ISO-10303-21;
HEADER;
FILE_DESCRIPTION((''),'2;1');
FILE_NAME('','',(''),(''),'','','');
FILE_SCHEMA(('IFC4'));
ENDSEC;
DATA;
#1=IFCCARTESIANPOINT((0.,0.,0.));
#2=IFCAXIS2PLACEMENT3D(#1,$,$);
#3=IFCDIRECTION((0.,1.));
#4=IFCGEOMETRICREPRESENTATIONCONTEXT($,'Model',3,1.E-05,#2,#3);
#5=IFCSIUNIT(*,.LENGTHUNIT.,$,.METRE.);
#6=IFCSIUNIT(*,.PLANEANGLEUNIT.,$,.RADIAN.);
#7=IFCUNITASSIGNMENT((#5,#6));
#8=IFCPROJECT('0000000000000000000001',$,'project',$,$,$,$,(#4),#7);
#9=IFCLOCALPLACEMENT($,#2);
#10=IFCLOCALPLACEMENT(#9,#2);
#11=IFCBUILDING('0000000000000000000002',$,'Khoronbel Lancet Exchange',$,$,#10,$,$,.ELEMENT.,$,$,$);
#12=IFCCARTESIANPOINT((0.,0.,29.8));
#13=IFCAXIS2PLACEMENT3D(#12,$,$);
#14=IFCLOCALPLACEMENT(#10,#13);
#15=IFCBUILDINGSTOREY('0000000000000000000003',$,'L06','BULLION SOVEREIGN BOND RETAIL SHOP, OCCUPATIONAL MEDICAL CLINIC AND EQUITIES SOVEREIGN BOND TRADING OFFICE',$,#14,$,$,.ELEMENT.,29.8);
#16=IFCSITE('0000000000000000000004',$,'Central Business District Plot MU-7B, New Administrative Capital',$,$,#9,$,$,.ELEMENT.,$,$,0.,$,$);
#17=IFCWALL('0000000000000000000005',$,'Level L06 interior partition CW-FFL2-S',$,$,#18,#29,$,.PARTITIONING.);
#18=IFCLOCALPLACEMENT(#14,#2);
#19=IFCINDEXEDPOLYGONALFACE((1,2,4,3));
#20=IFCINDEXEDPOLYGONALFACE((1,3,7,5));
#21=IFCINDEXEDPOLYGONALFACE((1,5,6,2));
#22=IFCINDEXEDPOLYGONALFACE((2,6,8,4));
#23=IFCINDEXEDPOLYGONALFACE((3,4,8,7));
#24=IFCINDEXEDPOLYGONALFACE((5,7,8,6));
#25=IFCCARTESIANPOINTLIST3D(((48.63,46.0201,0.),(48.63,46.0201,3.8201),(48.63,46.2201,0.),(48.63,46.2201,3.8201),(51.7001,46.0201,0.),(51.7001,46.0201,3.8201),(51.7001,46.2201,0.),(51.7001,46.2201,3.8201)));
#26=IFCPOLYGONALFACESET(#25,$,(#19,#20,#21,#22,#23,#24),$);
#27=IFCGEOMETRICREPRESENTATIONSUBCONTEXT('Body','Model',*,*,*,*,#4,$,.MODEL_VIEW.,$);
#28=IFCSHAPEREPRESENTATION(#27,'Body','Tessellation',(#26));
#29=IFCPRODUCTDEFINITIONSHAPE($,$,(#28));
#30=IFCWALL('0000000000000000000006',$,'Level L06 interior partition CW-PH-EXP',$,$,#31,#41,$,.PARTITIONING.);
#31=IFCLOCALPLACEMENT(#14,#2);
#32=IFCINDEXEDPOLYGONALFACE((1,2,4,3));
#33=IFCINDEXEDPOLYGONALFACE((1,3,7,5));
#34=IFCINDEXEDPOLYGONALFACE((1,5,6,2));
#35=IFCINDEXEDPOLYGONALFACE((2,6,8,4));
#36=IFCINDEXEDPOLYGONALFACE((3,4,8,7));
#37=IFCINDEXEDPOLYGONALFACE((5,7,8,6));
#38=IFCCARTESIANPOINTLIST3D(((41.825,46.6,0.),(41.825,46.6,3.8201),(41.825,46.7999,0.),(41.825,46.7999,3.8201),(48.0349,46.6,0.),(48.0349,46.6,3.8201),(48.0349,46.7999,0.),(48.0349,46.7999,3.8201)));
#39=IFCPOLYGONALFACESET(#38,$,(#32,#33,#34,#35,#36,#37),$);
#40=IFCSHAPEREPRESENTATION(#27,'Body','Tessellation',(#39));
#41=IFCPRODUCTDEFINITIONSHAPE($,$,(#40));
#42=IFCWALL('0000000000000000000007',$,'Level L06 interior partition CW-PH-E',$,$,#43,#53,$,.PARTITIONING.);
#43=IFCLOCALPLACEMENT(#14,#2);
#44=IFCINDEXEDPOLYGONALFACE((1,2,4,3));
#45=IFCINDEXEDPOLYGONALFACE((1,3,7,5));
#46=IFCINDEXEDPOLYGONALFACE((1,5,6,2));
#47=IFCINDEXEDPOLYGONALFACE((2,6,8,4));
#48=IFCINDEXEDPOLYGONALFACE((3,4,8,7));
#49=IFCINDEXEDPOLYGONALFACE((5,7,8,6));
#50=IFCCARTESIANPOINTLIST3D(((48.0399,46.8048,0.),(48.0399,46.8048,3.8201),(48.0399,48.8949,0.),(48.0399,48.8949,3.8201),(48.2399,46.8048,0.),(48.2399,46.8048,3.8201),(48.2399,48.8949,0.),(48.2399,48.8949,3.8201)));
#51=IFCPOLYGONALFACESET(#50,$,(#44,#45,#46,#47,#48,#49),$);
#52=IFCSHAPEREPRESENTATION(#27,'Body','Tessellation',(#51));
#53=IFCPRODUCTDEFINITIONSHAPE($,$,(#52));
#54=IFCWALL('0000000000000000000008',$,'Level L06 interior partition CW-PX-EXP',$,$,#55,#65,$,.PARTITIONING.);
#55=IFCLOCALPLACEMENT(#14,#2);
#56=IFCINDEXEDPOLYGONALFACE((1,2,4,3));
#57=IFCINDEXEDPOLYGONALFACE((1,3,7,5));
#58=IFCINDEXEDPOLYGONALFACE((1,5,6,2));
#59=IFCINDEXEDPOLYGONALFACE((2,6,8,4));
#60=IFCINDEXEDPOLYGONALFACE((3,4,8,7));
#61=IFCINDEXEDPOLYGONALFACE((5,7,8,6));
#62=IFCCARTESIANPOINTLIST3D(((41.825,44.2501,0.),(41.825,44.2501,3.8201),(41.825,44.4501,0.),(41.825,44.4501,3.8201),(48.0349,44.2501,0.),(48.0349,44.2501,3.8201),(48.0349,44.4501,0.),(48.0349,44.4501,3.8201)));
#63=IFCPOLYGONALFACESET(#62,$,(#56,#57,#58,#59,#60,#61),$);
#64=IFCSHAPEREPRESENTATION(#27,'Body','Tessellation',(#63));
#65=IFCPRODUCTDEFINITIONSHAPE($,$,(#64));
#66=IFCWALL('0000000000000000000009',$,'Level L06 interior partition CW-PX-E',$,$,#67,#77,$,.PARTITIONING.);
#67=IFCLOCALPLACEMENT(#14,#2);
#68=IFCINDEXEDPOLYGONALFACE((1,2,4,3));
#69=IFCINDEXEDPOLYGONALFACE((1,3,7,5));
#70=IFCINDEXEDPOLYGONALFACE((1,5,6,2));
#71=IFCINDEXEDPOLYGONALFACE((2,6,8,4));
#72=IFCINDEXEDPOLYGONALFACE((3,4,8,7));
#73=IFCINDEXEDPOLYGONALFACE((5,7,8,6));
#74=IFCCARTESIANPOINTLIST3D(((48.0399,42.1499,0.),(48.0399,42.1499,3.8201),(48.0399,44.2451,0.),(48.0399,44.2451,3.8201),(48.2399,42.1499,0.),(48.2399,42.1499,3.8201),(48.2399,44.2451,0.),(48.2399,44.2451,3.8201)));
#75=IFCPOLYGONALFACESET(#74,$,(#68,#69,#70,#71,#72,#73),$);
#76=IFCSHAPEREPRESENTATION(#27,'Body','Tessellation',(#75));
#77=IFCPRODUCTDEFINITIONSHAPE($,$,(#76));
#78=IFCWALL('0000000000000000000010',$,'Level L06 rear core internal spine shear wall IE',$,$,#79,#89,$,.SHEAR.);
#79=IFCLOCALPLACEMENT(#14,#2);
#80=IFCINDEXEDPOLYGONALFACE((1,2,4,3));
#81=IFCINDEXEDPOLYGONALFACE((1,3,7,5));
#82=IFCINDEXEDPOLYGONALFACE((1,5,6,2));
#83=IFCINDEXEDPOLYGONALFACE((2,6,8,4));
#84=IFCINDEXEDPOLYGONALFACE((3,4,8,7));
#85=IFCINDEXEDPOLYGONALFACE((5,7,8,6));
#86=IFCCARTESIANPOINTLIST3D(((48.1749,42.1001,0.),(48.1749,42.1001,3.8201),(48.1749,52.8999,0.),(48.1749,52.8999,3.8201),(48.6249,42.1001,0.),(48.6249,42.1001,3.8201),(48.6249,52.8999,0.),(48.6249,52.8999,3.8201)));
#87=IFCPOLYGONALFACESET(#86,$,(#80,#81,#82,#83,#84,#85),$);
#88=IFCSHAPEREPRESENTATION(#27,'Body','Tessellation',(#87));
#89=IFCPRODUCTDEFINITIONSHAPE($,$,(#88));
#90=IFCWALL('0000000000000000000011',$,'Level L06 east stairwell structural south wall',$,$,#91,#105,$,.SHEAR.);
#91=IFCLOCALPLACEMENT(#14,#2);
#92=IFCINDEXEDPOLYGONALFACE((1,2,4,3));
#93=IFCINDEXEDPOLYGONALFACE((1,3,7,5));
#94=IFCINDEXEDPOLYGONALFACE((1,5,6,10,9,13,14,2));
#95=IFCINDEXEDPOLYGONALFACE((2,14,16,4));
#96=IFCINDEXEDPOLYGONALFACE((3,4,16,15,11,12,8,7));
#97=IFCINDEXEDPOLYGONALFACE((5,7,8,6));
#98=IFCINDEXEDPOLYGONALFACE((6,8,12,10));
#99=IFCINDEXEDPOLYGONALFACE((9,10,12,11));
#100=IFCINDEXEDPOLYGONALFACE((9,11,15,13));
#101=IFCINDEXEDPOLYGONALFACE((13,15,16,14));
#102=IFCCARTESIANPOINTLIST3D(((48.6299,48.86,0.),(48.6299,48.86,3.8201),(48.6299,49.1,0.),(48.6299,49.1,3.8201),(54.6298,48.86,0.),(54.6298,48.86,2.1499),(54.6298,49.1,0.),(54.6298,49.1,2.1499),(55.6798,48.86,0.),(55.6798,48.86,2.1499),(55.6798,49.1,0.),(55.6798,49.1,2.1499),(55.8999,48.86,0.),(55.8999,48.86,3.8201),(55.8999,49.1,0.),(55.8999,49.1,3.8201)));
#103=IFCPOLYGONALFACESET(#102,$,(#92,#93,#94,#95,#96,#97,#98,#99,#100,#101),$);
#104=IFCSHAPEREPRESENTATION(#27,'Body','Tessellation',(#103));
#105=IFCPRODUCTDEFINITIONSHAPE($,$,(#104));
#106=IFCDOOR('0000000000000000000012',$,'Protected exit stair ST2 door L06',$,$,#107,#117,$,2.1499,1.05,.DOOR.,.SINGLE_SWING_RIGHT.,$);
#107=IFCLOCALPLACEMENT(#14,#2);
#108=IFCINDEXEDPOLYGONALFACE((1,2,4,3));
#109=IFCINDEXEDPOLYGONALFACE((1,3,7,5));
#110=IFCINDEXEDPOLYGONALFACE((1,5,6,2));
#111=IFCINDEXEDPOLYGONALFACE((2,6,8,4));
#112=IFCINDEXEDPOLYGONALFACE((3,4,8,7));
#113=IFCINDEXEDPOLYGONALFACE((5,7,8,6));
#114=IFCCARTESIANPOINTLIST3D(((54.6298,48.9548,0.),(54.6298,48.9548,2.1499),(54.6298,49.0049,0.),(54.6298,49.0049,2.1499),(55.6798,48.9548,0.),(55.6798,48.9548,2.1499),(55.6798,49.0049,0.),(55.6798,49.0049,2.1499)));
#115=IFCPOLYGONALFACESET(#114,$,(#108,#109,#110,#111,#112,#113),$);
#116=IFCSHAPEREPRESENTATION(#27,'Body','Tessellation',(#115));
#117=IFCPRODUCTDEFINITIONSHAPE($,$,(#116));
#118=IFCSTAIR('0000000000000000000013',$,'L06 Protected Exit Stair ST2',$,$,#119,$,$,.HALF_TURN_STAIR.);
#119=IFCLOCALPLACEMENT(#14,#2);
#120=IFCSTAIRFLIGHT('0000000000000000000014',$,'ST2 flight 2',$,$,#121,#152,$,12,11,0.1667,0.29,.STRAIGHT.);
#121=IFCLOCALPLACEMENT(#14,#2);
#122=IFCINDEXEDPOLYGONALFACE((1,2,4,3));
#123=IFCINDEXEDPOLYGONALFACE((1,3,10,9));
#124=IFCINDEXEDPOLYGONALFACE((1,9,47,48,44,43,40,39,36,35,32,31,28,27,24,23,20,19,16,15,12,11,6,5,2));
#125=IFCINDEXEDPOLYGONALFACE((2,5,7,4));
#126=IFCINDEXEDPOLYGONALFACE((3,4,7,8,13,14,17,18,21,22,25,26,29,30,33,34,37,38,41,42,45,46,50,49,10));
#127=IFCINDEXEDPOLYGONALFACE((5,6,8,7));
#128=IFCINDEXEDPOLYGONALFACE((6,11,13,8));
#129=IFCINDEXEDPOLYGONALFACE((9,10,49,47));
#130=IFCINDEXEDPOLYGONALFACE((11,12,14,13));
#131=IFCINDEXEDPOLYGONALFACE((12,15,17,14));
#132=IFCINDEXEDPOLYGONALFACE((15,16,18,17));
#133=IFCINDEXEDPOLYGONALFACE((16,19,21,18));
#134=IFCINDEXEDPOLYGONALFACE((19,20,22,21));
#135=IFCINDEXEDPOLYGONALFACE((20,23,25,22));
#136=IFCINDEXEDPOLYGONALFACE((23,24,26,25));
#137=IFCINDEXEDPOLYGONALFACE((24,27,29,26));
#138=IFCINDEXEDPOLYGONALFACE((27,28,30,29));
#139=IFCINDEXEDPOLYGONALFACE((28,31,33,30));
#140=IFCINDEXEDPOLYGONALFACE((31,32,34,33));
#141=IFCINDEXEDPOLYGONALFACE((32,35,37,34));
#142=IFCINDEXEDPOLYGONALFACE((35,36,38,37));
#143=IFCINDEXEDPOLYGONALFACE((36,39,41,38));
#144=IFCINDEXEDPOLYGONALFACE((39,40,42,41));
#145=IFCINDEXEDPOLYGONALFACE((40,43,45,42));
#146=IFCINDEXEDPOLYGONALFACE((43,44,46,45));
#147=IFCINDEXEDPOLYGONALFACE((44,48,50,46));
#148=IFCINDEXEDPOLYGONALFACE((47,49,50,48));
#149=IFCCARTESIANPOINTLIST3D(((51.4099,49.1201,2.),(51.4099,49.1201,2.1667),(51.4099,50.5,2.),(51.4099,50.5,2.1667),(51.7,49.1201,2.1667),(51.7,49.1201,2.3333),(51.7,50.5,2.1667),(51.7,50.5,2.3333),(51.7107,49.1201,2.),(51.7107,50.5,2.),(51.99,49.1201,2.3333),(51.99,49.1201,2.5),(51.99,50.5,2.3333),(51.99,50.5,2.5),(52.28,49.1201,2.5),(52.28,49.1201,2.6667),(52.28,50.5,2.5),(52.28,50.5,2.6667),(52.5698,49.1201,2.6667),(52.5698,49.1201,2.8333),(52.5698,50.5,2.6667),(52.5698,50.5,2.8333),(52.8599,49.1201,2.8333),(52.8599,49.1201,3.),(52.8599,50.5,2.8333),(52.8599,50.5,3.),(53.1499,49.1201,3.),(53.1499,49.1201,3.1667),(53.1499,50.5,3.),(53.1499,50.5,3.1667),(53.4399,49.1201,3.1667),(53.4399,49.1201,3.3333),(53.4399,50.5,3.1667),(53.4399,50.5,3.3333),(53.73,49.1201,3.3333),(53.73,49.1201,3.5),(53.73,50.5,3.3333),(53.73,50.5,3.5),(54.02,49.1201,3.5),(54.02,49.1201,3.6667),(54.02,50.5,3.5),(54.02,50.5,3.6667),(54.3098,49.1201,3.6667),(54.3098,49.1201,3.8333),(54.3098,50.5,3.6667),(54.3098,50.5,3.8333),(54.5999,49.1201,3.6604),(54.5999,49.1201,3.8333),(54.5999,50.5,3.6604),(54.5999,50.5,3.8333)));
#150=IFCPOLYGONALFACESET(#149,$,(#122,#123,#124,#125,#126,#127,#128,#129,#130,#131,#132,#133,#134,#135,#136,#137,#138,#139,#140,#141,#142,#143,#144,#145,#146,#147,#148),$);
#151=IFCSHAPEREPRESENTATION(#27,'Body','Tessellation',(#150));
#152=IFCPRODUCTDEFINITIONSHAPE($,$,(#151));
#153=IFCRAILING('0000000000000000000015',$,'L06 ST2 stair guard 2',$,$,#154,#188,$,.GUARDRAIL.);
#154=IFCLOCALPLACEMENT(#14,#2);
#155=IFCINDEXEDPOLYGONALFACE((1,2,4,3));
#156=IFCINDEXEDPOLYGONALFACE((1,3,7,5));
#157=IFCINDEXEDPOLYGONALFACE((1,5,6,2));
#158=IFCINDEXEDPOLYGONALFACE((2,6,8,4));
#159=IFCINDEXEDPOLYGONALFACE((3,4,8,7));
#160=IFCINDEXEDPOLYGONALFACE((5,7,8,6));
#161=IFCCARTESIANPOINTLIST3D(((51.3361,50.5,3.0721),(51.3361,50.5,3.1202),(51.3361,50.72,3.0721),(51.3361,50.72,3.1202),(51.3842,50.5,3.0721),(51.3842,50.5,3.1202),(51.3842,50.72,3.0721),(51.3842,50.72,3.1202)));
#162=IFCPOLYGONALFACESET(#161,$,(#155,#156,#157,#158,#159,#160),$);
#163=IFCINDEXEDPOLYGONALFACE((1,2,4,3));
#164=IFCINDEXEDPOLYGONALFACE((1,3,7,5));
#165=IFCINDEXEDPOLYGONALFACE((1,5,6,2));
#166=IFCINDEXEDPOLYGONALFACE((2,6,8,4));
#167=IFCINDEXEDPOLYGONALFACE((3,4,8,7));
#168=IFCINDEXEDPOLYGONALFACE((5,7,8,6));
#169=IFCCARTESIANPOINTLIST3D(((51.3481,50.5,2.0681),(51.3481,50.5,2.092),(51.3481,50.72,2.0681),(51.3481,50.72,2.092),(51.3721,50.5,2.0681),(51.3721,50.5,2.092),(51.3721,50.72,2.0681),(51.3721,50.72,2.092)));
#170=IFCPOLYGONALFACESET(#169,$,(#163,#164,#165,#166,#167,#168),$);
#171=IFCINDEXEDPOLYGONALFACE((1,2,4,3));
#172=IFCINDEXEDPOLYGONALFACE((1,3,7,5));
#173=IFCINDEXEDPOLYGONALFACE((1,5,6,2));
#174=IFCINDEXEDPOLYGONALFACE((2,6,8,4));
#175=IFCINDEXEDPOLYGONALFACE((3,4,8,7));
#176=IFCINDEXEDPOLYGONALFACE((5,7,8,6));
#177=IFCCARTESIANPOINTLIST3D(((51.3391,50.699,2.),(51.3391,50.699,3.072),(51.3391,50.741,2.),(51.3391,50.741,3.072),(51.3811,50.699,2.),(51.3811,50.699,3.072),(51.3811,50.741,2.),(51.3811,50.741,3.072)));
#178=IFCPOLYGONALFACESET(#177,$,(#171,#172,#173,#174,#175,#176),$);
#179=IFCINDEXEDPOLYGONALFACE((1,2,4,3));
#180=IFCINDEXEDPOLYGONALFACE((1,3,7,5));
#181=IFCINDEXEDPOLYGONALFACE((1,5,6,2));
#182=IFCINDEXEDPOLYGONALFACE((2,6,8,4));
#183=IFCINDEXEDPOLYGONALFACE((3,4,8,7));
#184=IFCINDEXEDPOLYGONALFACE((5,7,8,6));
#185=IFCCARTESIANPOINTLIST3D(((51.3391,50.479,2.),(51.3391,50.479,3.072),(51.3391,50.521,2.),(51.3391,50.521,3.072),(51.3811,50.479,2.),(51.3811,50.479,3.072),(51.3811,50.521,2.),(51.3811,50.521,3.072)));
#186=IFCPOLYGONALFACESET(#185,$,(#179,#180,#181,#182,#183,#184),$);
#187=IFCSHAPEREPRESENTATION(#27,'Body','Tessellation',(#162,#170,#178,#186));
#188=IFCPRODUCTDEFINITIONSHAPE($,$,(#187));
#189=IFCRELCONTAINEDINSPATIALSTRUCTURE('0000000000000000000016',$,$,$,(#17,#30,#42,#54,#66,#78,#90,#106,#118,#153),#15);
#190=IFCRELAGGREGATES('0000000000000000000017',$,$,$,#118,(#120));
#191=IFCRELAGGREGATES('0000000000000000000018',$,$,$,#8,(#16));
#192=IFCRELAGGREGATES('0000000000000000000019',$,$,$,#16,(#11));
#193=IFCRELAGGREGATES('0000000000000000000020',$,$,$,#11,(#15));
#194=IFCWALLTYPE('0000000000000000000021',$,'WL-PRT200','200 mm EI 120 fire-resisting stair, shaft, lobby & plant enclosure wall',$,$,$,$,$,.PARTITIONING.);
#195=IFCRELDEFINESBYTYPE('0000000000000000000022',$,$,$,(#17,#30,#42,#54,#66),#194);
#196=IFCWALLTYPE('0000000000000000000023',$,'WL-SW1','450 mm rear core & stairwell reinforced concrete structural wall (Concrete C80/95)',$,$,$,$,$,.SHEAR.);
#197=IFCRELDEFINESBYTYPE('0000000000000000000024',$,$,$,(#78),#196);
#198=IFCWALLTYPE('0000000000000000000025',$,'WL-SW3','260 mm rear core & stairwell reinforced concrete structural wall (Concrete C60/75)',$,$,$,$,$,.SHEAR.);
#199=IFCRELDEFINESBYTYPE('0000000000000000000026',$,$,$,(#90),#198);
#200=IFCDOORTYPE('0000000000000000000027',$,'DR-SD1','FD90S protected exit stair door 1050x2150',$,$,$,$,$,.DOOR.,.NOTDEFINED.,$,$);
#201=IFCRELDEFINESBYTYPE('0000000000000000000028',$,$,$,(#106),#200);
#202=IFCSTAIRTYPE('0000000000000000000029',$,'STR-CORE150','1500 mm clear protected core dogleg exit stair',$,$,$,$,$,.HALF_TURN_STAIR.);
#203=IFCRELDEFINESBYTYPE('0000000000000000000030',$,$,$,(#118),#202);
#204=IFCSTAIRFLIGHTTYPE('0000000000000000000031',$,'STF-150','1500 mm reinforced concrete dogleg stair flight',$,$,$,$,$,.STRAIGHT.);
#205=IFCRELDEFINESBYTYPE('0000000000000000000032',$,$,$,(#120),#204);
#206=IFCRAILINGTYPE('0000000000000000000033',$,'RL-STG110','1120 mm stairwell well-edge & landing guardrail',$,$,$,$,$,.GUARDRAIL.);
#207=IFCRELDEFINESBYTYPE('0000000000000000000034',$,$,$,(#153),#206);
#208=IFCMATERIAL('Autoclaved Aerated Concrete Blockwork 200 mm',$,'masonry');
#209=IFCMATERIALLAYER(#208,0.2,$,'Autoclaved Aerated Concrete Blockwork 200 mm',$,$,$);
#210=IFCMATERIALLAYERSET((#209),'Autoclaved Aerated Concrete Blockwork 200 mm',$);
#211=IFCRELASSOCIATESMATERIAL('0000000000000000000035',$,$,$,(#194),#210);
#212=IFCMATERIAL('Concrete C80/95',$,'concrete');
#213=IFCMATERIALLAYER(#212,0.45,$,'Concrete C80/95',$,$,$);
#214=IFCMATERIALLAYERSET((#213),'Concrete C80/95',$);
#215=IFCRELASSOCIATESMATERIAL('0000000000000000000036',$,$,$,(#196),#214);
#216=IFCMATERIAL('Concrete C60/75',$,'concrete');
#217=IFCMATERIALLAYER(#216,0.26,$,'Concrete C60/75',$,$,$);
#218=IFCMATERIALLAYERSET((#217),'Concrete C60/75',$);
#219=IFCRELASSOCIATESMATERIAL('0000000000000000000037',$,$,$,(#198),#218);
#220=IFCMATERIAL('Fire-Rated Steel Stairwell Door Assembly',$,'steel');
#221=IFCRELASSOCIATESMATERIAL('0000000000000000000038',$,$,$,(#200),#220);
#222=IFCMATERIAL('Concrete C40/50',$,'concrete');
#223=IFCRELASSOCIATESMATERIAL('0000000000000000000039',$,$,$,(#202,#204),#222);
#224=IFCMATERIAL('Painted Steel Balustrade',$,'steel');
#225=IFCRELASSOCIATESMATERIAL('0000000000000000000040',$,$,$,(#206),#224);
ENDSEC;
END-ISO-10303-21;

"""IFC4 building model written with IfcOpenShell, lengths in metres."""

from ifc_helpers import new_model, si_unit, direction, frame, frame_2d, origin, origin_2d, place, context, subcontext, project, spatial, polyline, rectangle, outline, extrude, material, layer, layer_set, type_object, element, fill, aggregate, save


model = new_model("IFC4")

# Units and contexts
model_context = context("Model", 3, precision=1e-05, world=origin(), true_north=direction((0.0, 1.0)))
body_context = subcontext(model_context, "Body", "Model", "MODEL_VIEW")
ifc_project = project(units=[si_unit("LENGTHUNIT", "METRE"), si_unit("PLANEANGLEUNIT", "RADIAN")], contexts=[model_context])

# Site, building, storey
site_placement = place(None, origin())
site = spatial("IfcSite", under=ifc_project, at=site_placement, Name="Central Business District Plot MU-7B, New Administrative Capital", CompositionType="ELEMENT", RefElevation=0.0)
building_placement = place(site_placement, origin())
building = spatial("IfcBuilding", under=site, at=building_placement, Name="Khoronbel Lancet Exchange", CompositionType="ELEMENT")
storey_placement = place(building_placement, frame((0.0, 0.0, 29.8)))
storey = spatial("IfcBuildingStorey", under=building, at=storey_placement, Name="L06", Description="BULLION SOVEREIGN BOND RETAIL SHOP, OCCUPATIONAL MEDICAL CLINIC AND EQUITIES SOVEREIGN BOND TRADING OFFICE", CompositionType="ELEMENT", Elevation=29.8)

# Walls
ifc_material_1 = material(Name="Autoclaved Aerated Concrete Blockwork 200 mm", Category="masonry")
ifc_layer_1 = layer(ifc_material_1, 0.2, Name="Autoclaved Aerated Concrete Blockwork 200 mm")
ifc_layer_set_1 = layer_set([ifc_layer_1], Name="Autoclaved Aerated Concrete Blockwork 200 mm")
wall_type_1 = type_object("IfcWallType", Name="WL-PRT200", Description="200 mm EI 120 fire-resisting stair, shaft, lobby & plant enclosure wall", PredefinedType="PARTITIONING", material=ifc_layer_set_1)
wall_1_placement = place(storey_placement, frame((48.6299, 46.1201, 0.0), z_axis=(0.0, 0.0, 1.0), x_axis=(1.0, 0.0, 0.0)))
element("IfcWall", 1, at=wall_1_placement, inside=storey, type_object=wall_type_1, Name="Level L06 interior partition CW-FFL2-S", PredefinedType="PARTITIONING", context=body_context, shape_type="SweptSolid", body=[
    extrude(rectangle(XDim=3.0701, YDim=0.2, at=frame_2d((1.5352, 0.0))), origin(), (0.0, 0.0, 1.0), 3.8201),
])
wall_2_placement = place(storey_placement, frame((41.825, 46.7, 0.0), z_axis=(0.0, 0.0, 1.0), x_axis=(1.0, 0.0, 0.0)))
element("IfcWall", 2, at=wall_2_placement, inside=storey, type_object=wall_type_1, Name="Level L06 interior partition CW-PH-EXP", PredefinedType="PARTITIONING", context=body_context, shape_type="SweptSolid", body=[
    extrude(rectangle(XDim=6.21, YDim=0.2, at=frame_2d((3.105, 0.0))), origin(), (0.0, 0.0, 1.0), 3.8201),
])
wall_3_placement = place(storey_placement, frame((48.1399, 46.8049, 0.0), z_axis=(0.0, 0.0, 1.0), x_axis=(0.0, 1.0, 0.0)))
element("IfcWall", 3, at=wall_3_placement, inside=storey, type_object=wall_type_1, Name="Level L06 interior partition CW-PH-E", PredefinedType="PARTITIONING", context=body_context, shape_type="SweptSolid", body=[
    extrude(rectangle(XDim=2.0901, YDim=0.2, at=frame_2d((1.0449, 0.0))), origin(), (0.0, 0.0, 1.0), 3.8201),
])
wall_4_placement = place(storey_placement, frame((41.825, 44.3501, 0.0), z_axis=(0.0, 0.0, 1.0), x_axis=(1.0, 0.0, 0.0)))
element("IfcWall", 4, at=wall_4_placement, inside=storey, type_object=wall_type_1, Name="Level L06 interior partition CW-PX-EXP", PredefinedType="PARTITIONING", context=body_context, shape_type="SweptSolid", body=[
    extrude(rectangle(XDim=6.21, YDim=0.2, at=frame_2d((3.105, 0.0))), origin(), (0.0, 0.0, 1.0), 3.8201),
])
wall_5_placement = place(storey_placement, frame((48.1399, 42.1499, 0.0), z_axis=(0.0, 0.0, 1.0), x_axis=(0.0, 1.0, 0.0)))
element("IfcWall", 5, at=wall_5_placement, inside=storey, type_object=wall_type_1, Name="Level L06 interior partition CW-PX-E", PredefinedType="PARTITIONING", context=body_context, shape_type="SweptSolid", body=[
    extrude(rectangle(XDim=2.0952, YDim=0.2, at=frame_2d((1.0476, 0.0))), origin(), (0.0, 0.0, 1.0), 3.8201),
])
ifc_material_2 = material(Name="Concrete C80/95", Category="concrete")
ifc_layer_2 = layer(ifc_material_2, 0.45, Name="Concrete C80/95")
ifc_layer_set_2 = layer_set([ifc_layer_2], Name="Concrete C80/95")
wall_type_2 = type_object("IfcWallType", Name="WL-SW1", Description="450 mm rear core & stairwell reinforced concrete structural wall (Concrete C80/95)", PredefinedType="SHEAR", material=ifc_layer_set_2)
wall_6_placement = place(storey_placement, frame((48.3999, 42.1001, 0.0), z_axis=(0.0, 0.0, 1.0), x_axis=(0.0, 1.0, 0.0)))
element("IfcWall", 6, at=wall_6_placement, inside=storey, type_object=wall_type_2, Name="Level L06 rear core internal spine shear wall IE", PredefinedType="SHEAR", context=body_context, shape_type="SweptSolid", body=[
    extrude(rectangle(XDim=10.7998, YDim=0.45, at=frame_2d((5.3999, 0.0))), origin(), (0.0, 0.0, 1.0), 3.8201),
])

# Wall, opening, door
ifc_material_3 = material(Name="Concrete C60/75", Category="concrete")
ifc_layer_3 = layer(ifc_material_3, 0.26, Name="Concrete C60/75")
ifc_layer_set_3 = layer_set([ifc_layer_3], Name="Concrete C60/75")
wall_type_3 = type_object("IfcWallType", Name="WL-SW3", Description="260 mm rear core & stairwell reinforced concrete structural wall (Concrete C60/75)", PredefinedType="SHEAR", material=ifc_layer_set_3)
wall_7_placement = place(storey_placement, frame((48.6299, 48.98, 0.0), z_axis=(0.0, 0.0, 1.0), x_axis=(1.0, 0.0, 0.0)))
wall_7 = element("IfcWall", 7, at=wall_7_placement, inside=storey, type_object=wall_type_3, Name="Level L06 east stairwell structural south wall", PredefinedType="SHEAR", context=body_context, shape_type="SweptSolid", body=[
    extrude(rectangle(XDim=7.27, YDim=0.24, at=frame_2d((3.635, 0.0))), origin(), (0.0, 0.0, 1.0), 3.8201),
])
opening_placement = place(wall_7_placement, frame((6.0, 0.0, 0.0)))
opening = element("IfcOpeningElement", 8, at=opening_placement, cuts=wall_7, PredefinedType="OPENING", context=body_context, shape_type="SweptSolid", body=[
    extrude(rectangle(XDim=1.05, YDim=2.1499, at=frame_2d((0.5249, 1.075))), frame((0.0, 0.1299, 0.0), z_axis=(0.0, -1.0, 0.0), x_axis=(1.0, 0.0, 0.0)), (0.0, 0.0, 1.0), 0.26),
])
ifc_material_4 = material(Name="Fire-Rated Steel Stairwell Door Assembly", Category="steel")
door_type = type_object("IfcDoorType", Name="DR-SD1", Description="FD90S protected exit stair door 1050x2150", OperationType="NOTDEFINED", PredefinedType="DOOR", material=ifc_material_4)
door_placement = place(opening_placement, origin())
door = element("IfcDoor", 9, at=door_placement, inside=storey, type_object=door_type, Name="Protected exit stair ST2 door L06", OperationType="SINGLE_SWING_RIGHT", OverallHeight=2.1499, OverallWidth=1.05, PredefinedType="DOOR", context=body_context, shape_type="SweptSolid", body=[
    extrude(rectangle(XDim=1.05, YDim=2.1499, at=frame_2d((0.5249, 1.075))), frame((0.0, 0.0249, 0.0), z_axis=(0.0, -1.0, 0.0), x_axis=(1.0, 0.0, 0.0)), (0.0, 0.0, 1.0), 0.05),
])
fill(opening, door)

# Stair, stair flight
ifc_material_5 = material(Name="Concrete C40/50", Category="concrete")
stair_type = type_object("IfcStairType", Name="STR-CORE150", Description="1500 mm clear protected core dogleg exit stair", PredefinedType="HALF_TURN_STAIR", material=ifc_material_5)
stair_placement = place(storey_placement, origin())
stair = element("IfcStair", 10, at=stair_placement, inside=storey, type_object=stair_type, Name="L06 Protected Exit Stair ST2", PredefinedType="HALF_TURN_STAIR")
stair_flight_type = type_object("IfcStairFlightType", Name="STF-150", Description="1500 mm reinforced concrete dogleg stair flight", PredefinedType="STRAIGHT", material=ifc_material_5)
stair_flight_placement = place(storey_placement, frame((51.4099, 49.8101, 2.0), z_axis=(0.0, 0.0, 1.0), x_axis=(1.0, 0.0, 0.0)))
stair_flight = element("IfcStairFlight", 11, at=stair_flight_placement, type_object=stair_flight_type, Name="ST2 flight 2", NumberOfRisers=12, NumberOfTreads=11, PredefinedType="STRAIGHT", RiserHeight=0.1667, TreadLength=0.29, context=body_context, shape_type="SweptSolid", body=[
    extrude(outline(polyline([(0.0, 0.0), (0.0, 0.1667), (0.29, 0.1667), (0.29, 0.3333), (0.5801, 0.3333), (0.5801, 0.5), (0.8701, 0.5), (0.8701, 0.6667), (1.1599, 0.6667), (1.1599, 0.8333), (1.45, 0.8333), (1.45, 1.0), (1.74, 1.0), (1.74, 1.1667), (2.03, 1.1667), (2.03, 1.3333), (2.3201, 1.3333), (2.3201, 1.5), (2.6101, 1.5), (2.6101, 1.6667), (2.8999, 1.6667), (2.8999, 1.8333), (3.1899, 1.8333), (3.1899, 2.0), (3.1899, 1.6604), (0.3008, 0.0), (0.0, 0.0)])), frame((0.0, 0.6899, 0.0), z_axis=(0.0, -1.0, 0.0), x_axis=(1.0, 0.0, 0.0)), (0.0, 0.0, 1.0), 1.3799),
])
aggregate(stair, [stair_flight])

# Railing
ifc_material_6 = material(Name="Painted Steel Balustrade", Category="steel")
railing_type_1 = type_object("IfcRailingType", Name="RL-STG110", Description="1120 mm stairwell well-edge & landing guardrail", PredefinedType="GUARDRAIL", material=ifc_material_6)
railing_1_placement = place(storey_placement, frame((51.3601, 50.72, 2.0)))
element("IfcRailing", 12, at=railing_1_placement, inside=storey, type_object=railing_type_1, Name="L06 ST2 stair guard 2", PredefinedType="GUARDRAIL", context=body_context, shape_type="SweptSolid", body=[
    extrude(rectangle(XDim=0.0481, YDim=0.0481, at=origin_2d()), frame((0.0, 0.0, 1.0962), z_axis=(0.0, -1.0, 0.0), x_axis=(1.0, 0.0, 0.0)), (0.0, 0.0, 1.0), 0.22),
    extrude(rectangle(XDim=0.0239, YDim=0.0239, at=origin_2d()), frame((0.0, 0.0, 0.0801), z_axis=(0.0, -1.0, 0.0), x_axis=(1.0, 0.0, 0.0)), (0.0, 0.0, 1.0), 0.22),
    extrude(rectangle(XDim=0.042, YDim=0.042, at=origin_2d()), origin(), (0.0, 0.0, 1.0), 1.072),
    extrude(rectangle(XDim=0.042, YDim=0.042, at=origin_2d()), frame((0.0, -0.22, 0.0)), (0.0, 0.0, 1.0), 1.072),
])

save(model, "model.ifc")
